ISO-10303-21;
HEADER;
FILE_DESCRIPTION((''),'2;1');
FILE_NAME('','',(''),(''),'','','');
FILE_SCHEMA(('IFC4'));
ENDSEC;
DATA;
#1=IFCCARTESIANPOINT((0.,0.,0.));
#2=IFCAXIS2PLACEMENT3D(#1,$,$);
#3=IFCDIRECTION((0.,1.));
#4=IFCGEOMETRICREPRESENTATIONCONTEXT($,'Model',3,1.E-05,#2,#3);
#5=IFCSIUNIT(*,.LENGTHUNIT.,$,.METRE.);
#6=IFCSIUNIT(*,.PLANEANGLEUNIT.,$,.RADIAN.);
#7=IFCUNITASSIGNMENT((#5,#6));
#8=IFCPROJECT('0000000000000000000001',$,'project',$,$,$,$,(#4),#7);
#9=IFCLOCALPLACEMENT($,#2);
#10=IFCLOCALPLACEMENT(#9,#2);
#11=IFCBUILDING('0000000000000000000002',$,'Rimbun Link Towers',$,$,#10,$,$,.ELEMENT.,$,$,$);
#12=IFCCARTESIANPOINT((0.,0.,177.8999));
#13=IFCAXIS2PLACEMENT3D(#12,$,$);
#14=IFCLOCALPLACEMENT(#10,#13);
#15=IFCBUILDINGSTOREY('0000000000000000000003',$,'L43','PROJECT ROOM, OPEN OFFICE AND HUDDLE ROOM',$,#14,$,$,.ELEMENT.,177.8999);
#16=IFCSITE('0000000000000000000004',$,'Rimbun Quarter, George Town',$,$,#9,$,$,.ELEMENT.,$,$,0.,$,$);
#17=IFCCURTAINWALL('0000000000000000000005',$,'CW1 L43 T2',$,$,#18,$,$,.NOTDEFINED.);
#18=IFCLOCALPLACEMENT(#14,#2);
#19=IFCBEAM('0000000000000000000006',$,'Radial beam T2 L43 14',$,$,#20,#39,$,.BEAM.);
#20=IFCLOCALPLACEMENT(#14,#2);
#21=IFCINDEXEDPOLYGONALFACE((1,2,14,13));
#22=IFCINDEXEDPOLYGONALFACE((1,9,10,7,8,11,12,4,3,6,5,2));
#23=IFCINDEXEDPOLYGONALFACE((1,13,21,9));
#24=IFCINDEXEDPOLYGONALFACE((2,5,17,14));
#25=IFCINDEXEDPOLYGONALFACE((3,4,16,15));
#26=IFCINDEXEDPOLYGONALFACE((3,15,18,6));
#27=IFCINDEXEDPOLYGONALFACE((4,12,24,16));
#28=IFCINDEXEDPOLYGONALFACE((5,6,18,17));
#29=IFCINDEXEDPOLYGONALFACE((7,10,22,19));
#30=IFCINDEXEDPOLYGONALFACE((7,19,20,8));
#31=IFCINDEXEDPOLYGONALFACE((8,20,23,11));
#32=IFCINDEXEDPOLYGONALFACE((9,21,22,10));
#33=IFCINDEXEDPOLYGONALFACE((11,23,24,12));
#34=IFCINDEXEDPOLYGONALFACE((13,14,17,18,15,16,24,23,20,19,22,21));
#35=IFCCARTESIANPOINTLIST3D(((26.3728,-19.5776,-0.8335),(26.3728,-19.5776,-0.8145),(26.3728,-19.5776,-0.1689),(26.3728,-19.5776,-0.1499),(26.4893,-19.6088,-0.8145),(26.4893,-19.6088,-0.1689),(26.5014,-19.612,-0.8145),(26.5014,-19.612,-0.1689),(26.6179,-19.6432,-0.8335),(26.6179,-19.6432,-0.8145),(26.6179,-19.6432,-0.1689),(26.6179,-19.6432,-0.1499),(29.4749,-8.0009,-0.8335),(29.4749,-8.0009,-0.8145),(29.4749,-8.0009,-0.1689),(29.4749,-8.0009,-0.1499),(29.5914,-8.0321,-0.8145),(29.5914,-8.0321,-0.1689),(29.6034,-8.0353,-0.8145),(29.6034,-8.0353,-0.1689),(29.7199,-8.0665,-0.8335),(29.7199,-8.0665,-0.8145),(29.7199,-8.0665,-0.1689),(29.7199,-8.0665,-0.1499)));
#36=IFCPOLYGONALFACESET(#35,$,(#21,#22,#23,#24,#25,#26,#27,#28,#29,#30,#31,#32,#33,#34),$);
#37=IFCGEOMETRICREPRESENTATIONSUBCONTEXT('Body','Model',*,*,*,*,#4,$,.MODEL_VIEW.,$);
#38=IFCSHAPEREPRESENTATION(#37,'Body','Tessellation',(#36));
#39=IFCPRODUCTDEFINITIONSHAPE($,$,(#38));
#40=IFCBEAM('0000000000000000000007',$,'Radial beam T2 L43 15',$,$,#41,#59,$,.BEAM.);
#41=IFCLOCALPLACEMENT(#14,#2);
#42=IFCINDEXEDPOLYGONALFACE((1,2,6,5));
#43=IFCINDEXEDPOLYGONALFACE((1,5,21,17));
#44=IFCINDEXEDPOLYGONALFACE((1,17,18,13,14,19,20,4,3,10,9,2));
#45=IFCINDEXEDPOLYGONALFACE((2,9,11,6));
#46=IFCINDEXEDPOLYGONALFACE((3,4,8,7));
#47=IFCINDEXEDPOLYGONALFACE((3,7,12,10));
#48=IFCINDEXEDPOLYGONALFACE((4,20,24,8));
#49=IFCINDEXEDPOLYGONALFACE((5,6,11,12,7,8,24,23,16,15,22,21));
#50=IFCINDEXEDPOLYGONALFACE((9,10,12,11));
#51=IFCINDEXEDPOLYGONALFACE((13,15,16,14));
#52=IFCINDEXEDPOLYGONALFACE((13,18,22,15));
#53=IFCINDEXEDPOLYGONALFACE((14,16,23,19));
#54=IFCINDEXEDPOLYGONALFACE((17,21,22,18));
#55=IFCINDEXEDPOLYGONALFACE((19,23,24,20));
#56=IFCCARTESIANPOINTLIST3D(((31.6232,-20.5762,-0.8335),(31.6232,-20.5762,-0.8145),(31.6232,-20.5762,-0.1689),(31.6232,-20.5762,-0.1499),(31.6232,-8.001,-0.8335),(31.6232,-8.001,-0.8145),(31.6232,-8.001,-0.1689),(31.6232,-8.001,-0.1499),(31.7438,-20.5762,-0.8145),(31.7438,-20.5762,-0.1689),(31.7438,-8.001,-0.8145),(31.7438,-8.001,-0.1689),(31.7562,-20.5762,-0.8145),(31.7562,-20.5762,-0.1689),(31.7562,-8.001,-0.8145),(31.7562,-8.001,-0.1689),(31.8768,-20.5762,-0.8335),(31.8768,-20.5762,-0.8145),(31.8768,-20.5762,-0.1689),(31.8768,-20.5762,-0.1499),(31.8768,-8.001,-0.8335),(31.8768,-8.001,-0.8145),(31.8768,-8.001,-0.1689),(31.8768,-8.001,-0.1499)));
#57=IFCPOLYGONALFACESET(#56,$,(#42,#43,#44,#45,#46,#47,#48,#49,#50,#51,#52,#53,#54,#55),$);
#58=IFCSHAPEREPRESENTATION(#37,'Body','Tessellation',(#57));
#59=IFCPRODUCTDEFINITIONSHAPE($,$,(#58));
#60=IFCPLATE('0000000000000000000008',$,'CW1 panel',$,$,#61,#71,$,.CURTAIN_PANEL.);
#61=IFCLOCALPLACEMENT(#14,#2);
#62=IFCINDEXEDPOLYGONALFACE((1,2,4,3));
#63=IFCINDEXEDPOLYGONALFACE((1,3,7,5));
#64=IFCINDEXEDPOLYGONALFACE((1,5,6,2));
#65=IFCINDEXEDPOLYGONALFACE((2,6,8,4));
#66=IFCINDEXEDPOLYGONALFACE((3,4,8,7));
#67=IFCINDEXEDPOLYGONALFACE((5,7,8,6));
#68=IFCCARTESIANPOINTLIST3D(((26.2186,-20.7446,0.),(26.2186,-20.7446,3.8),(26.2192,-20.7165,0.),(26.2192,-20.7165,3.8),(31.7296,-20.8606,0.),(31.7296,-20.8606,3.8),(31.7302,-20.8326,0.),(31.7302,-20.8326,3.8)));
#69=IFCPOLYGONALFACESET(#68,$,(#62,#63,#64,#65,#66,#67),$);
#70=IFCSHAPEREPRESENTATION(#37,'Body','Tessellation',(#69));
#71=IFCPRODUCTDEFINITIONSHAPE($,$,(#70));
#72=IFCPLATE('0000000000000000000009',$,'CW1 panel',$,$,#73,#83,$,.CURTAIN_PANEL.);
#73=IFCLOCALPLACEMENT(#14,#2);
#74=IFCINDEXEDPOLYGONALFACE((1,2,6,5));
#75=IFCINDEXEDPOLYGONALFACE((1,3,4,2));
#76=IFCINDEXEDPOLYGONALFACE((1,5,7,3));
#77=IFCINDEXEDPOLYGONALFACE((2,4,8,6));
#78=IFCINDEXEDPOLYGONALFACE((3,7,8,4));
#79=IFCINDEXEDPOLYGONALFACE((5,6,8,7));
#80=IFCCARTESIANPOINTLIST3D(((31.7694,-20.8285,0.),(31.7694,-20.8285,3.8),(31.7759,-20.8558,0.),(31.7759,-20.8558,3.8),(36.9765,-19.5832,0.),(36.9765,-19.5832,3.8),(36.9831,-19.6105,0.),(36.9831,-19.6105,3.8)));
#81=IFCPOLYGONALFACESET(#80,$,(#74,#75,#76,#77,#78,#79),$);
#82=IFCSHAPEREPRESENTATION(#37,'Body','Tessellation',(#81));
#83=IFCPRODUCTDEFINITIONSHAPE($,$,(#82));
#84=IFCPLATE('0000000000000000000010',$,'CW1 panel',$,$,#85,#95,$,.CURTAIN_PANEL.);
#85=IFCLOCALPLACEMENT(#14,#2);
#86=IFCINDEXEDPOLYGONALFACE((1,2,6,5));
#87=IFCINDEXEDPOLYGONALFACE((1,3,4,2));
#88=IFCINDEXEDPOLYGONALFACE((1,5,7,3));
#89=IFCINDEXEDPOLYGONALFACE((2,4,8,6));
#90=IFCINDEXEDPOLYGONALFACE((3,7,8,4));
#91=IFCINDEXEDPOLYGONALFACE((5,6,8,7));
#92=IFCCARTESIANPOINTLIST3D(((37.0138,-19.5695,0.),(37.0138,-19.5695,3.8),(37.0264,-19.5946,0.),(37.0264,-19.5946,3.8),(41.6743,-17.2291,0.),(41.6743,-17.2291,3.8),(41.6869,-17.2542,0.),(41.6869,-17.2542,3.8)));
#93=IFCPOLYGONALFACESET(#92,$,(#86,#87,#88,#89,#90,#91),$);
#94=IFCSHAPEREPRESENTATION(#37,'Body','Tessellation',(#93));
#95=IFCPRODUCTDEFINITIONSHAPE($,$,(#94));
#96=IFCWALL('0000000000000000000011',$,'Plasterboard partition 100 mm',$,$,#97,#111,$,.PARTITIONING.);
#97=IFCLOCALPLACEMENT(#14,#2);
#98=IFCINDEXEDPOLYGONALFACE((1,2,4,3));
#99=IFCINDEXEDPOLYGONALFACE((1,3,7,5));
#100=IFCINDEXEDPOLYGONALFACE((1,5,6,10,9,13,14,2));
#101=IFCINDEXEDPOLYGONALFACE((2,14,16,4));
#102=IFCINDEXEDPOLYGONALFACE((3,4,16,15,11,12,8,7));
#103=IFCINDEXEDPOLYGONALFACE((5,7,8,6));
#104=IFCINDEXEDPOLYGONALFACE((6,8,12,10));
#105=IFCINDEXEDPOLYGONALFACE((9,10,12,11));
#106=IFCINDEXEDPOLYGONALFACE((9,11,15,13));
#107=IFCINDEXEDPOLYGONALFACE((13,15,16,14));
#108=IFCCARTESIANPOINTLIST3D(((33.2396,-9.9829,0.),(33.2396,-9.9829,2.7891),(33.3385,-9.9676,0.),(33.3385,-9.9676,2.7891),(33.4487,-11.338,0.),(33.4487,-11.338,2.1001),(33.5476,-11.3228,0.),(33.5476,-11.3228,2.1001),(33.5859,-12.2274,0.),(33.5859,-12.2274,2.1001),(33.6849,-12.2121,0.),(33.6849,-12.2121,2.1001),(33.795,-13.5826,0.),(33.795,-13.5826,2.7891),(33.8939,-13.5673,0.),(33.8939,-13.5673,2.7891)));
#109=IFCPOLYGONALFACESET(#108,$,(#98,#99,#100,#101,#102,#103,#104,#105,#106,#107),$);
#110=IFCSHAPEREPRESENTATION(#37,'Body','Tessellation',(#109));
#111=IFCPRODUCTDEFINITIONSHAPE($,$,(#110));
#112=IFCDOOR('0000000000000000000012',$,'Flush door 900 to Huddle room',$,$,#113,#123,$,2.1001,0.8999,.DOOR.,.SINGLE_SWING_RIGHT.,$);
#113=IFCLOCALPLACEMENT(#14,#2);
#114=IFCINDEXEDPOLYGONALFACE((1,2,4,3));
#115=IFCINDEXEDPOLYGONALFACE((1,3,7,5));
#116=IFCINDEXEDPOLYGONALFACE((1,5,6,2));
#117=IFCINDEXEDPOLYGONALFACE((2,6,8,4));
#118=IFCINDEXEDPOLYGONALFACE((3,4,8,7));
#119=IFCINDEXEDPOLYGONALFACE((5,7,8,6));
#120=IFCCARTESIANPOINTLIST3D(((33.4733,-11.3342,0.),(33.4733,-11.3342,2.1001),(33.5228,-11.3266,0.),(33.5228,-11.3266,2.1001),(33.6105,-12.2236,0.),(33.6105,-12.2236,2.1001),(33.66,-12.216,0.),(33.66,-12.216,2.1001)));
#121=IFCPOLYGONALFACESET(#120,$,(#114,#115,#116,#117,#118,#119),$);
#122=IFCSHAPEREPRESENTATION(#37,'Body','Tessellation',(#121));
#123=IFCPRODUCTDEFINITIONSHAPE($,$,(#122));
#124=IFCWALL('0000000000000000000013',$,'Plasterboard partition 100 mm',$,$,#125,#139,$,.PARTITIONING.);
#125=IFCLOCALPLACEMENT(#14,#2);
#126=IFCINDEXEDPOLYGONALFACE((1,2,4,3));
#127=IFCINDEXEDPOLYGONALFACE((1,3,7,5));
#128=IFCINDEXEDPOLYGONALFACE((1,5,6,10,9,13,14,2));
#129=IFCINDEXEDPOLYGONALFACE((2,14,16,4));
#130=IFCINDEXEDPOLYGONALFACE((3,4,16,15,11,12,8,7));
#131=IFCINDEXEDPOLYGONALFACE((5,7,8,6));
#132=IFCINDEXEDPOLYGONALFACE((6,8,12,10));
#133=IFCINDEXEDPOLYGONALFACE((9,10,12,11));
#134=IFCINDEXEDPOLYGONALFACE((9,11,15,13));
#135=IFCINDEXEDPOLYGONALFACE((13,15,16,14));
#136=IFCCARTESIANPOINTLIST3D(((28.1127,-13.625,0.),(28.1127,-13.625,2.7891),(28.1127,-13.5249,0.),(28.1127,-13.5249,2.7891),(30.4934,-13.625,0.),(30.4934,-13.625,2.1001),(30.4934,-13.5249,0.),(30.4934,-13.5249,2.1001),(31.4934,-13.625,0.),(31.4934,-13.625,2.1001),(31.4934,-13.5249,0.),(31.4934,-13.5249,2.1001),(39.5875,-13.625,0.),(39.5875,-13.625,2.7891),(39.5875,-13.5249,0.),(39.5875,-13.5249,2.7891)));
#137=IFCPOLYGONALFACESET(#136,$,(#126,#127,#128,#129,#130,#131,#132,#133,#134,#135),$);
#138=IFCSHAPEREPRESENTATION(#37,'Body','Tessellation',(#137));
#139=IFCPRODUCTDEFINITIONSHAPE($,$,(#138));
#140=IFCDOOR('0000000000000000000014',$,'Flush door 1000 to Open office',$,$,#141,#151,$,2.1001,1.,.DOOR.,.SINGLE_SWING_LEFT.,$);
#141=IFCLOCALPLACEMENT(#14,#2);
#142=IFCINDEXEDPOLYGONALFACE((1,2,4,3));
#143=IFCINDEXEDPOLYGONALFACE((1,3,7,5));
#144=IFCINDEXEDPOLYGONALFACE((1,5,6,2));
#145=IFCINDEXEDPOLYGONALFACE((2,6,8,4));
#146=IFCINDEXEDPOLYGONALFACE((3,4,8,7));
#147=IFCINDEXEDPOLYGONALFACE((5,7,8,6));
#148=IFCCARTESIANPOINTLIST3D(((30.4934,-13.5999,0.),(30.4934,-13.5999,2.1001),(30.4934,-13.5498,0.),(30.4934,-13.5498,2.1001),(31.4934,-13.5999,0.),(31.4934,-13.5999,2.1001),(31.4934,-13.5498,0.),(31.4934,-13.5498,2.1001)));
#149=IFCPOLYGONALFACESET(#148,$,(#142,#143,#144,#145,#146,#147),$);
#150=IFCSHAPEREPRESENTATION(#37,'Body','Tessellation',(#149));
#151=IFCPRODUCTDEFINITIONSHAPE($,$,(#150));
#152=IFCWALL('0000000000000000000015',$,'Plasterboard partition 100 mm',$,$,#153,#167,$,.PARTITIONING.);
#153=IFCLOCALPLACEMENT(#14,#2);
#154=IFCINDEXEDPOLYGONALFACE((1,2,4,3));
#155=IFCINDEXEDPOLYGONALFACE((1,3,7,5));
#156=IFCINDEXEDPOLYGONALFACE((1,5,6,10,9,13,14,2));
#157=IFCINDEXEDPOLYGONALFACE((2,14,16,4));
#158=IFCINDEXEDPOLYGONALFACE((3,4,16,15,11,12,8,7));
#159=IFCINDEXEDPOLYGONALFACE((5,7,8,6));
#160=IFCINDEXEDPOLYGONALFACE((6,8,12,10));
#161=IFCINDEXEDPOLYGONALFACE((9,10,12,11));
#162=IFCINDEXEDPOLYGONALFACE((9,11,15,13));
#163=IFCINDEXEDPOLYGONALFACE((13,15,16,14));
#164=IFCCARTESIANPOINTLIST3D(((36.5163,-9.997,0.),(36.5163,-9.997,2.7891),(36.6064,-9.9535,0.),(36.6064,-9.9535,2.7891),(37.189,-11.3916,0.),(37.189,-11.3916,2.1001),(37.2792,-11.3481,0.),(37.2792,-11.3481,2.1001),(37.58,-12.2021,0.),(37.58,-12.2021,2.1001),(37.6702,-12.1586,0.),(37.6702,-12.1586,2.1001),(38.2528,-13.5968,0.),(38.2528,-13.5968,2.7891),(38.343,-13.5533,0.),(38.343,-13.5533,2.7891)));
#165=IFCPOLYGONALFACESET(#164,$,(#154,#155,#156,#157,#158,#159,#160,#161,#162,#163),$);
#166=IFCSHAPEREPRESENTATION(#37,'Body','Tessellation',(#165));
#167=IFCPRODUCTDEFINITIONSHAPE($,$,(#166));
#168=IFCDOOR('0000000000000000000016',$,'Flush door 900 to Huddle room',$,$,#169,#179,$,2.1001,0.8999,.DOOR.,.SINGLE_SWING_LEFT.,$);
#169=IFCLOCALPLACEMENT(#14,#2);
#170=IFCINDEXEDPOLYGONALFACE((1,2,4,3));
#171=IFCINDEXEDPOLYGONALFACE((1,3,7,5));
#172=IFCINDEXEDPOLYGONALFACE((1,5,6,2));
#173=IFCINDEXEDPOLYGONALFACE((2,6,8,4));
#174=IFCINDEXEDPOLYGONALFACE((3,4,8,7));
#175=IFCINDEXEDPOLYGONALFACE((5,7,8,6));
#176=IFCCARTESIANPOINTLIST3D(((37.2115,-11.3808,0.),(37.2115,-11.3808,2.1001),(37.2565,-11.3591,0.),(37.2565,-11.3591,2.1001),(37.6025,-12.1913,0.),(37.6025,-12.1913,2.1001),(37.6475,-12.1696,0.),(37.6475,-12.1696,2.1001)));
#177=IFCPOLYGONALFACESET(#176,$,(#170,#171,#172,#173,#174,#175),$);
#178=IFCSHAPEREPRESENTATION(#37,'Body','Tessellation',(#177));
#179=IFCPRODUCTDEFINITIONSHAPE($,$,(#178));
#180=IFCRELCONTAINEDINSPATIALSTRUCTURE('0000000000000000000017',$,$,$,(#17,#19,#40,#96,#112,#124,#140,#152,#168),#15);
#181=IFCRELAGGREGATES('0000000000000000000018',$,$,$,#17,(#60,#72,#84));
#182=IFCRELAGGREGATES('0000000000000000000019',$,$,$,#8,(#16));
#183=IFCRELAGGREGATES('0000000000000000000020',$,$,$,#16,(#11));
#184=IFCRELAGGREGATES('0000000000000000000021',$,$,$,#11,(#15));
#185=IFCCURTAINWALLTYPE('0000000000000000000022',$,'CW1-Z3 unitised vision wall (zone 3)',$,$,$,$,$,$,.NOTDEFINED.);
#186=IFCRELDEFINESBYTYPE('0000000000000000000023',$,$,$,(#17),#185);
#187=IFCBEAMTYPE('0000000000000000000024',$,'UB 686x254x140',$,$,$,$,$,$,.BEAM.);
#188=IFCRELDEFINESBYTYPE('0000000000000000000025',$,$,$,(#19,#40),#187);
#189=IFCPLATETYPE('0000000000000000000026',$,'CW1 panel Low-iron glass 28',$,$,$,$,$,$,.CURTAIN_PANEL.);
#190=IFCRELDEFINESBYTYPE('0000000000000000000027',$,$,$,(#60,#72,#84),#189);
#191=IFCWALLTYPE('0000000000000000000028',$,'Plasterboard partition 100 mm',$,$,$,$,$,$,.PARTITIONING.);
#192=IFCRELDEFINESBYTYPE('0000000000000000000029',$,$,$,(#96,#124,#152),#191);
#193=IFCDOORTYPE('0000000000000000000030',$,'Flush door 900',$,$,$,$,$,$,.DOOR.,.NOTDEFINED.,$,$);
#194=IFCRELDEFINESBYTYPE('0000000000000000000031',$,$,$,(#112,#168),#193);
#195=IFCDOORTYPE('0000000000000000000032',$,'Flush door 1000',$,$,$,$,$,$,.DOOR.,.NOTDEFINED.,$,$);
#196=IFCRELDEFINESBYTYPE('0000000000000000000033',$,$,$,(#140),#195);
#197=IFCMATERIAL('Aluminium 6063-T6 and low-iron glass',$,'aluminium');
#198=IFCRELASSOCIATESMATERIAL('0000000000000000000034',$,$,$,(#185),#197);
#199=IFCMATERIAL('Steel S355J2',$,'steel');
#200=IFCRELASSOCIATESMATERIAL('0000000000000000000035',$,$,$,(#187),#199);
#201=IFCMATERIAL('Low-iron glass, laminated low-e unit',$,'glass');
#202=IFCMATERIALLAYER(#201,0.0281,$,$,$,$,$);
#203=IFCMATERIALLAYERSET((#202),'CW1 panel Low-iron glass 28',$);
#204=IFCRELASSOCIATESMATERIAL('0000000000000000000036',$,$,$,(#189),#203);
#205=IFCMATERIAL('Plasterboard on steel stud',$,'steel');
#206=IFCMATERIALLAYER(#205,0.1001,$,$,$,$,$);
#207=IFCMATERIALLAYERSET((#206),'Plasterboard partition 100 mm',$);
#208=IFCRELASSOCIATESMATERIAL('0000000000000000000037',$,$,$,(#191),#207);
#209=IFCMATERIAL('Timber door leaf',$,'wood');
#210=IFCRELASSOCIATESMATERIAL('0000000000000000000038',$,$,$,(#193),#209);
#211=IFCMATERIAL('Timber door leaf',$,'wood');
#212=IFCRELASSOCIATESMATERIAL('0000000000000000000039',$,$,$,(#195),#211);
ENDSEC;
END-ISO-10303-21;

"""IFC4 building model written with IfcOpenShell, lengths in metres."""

from ifc_helpers import new_model, si_unit, direction, frame, frame_2d, origin, origin_2d, place, context, subcontext, project, spatial, rectangle, i_section, extrude, material, layer, layer_set, material_profile, profile_set, type_object, element, fill, aggregate, save


model = new_model("IFC4")

# Units and contexts
model_context = context("Model", 3, precision=1e-05, world=origin(), true_north=direction((0.0, 1.0)))
body_context = subcontext(model_context, "Body", "Model", "MODEL_VIEW")
ifc_project = project(units=[si_unit("LENGTHUNIT", "METRE"), si_unit("PLANEANGLEUNIT", "RADIAN")], contexts=[model_context])

# Site, building, storey
site_placement = place(None, origin())
site = spatial("IfcSite", under=ifc_project, at=site_placement, Name="Rimbun Quarter, George Town", CompositionType="ELEMENT", RefElevation=0.0)
building_placement = place(site_placement, origin())
building = spatial("IfcBuilding", under=site, at=building_placement, Name="Rimbun Link Towers", CompositionType="ELEMENT")
storey_placement = place(building_placement, frame((0.0, 0.0, 177.8999)))
storey = spatial("IfcBuildingStorey", under=building, at=storey_placement, Name="L43", Description="PROJECT ROOM, OPEN OFFICE AND HUDDLE ROOM", CompositionType="ELEMENT", Elevation=177.8999)

# Curtain wall
ifc_material_1 = material(Name="Aluminium 6063-T6 and low-iron glass", Category="aluminium")
curtain_wall_type = type_object("IfcCurtainWallType", Name="CW1-Z3 unitised vision wall (zone 3)", PredefinedType="NOTDEFINED", material=ifc_material_1)
curtain_wall_placement = place(storey_placement, origin())
curtain_wall = element("IfcCurtainWall", 1, at=curtain_wall_placement, inside=storey, type_object=curtain_wall_type, Name="CW1 L43 T2", PredefinedType="NOTDEFINED")

# Beams
ifc_material_2 = material(Name="Steel S355J2", Category="steel")
ifc_material_profile_1 = material_profile(ifc_material_2, i_section(OverallWidth=0.2537, OverallDepth=0.6836, WebThickness=0.0125, FlangeThickness=0.019, at=origin_2d()), Name="UB 686x254x140")
ifc_profile_set_1 = profile_set([ifc_material_profile_1], Name="Steel S355J2")
beam_type_1 = type_object("IfcBeamType", Name="UB 686x254x140", PredefinedType="BEAM", material=ifc_profile_set_1)
beam_1_placement = place(storey_placement, frame((29.5974, -8.0337, -0.4917), z_axis=(-0.258826, -0.965924, 0.0), x_axis=(0.965924, -0.258826, 0.0)))
element("IfcBeam", 2, at=beam_1_placement, inside=storey, type_object=beam_type_1, Name="Radial beam T2 L43 14", PredefinedType="BEAM", context=body_context, shape_type="SweptSolid", body=[
    extrude(i_section(OverallWidth=0.2537, OverallDepth=0.6836, WebThickness=0.0125, FlangeThickness=0.019, at=origin_2d()), origin(), (0.0, 0.0, 1.0), 11.9851),
])
beam_2_placement = place(storey_placement, frame((31.75, -8.001, -0.4917), z_axis=(0.0, -1.0, 0.0), x_axis=(1.0, 0.0, 0.0)))
element("IfcBeam", 3, at=beam_2_placement, inside=storey, type_object=beam_type_1, Name="Radial beam T2 L43 15", PredefinedType="BEAM", context=body_context, shape_type="SweptSolid", body=[
    extrude(i_section(OverallWidth=0.2537, OverallDepth=0.6836, WebThickness=0.0125, FlangeThickness=0.019, at=origin_2d()), origin(), (0.0, 0.0, 1.0), 12.5752),
])

# Plates
ifc_material_3 = material(Name="Low-iron glass, laminated low-e unit", Category="glass")
ifc_layer_1 = layer(ifc_material_3, 0.0281)
ifc_layer_set_1 = layer_set([ifc_layer_1], Name="CW1 panel Low-iron glass 28")
plate_type = type_object("IfcPlateType", Name="CW1 panel Low-iron glass 28", PredefinedType="CURTAIN_PANEL", material=ifc_layer_set_1)
plate_1_placement = place(storey_placement, frame((28.9744, -20.7886, 0.0), z_axis=(0.0, 0.0, 1.0), x_axis=(-0.999778, 0.021055, 0.0)))
plate_1 = element("IfcPlate", 4, at=plate_1_placement, type_object=plate_type, Name="CW1 panel", PredefinedType="CURTAIN_PANEL", context=body_context, shape_type="SweptSolid", body=[
    extrude(rectangle(XDim=5.5122, YDim=0.0281, at=origin_2d()), origin(), (0.0, 0.0, 1.0), 3.8),
])
plate_2_placement = place(storey_placement, frame((34.3762, -20.2195, 0.0), z_axis=(0.0, 0.0, 1.0), x_axis=(-0.972574, -0.232595, 0.0)))
plate_2 = element("IfcPlate", 5, at=plate_2_placement, type_object=plate_type, Name="CW1 panel", PredefinedType="CURTAIN_PANEL", context=body_context, shape_type="SweptSolid", body=[
    extrude(rectangle(XDim=5.354, YDim=0.0281, at=origin_2d()), origin(), (0.0, 0.0, 1.0), 3.8),
])
plate_3_placement = place(storey_placement, frame((39.3503, -18.4119, 0.0), z_axis=(0.0, 0.0, 1.0), x_axis=(-0.893646, -0.448773, 0.0)))
plate_3 = element("IfcPlate", 6, at=plate_3_placement, type_object=plate_type, Name="CW1 panel", PredefinedType="CURTAIN_PANEL", context=body_context, shape_type="SweptSolid", body=[
    extrude(rectangle(XDim=5.2151, YDim=0.0281, at=origin_2d()), origin(), (0.0, 0.0, 1.0), 3.8),
])
aggregate(curtain_wall, [plate_1, plate_2, plate_3])

# Walls, openings, doors
ifc_material_4 = material(Name="Plasterboard on steel stud", Category="steel")
ifc_layer_2 = layer(ifc_material_4, 0.1001)
ifc_layer_set_2 = layer_set([ifc_layer_2], Name="Plasterboard partition 100 mm")
wall_type_1 = type_object("IfcWallType", Name="Plasterboard partition 100 mm", PredefinedType="PARTITIONING", material=ifc_layer_set_2)
wall_1_placement = place(storey_placement, frame((33.2891, -9.9751, 0.0), z_axis=(0.0, 0.0, 1.0), x_axis=(0.152485, -0.988306, 0.0)))
wall_1 = element("IfcWall", 7, at=wall_1_placement, inside=storey, type_object=wall_type_1, Name="Plasterboard partition 100 mm", PredefinedType="PARTITIONING", context=body_context, shape_type="SweptSolid", body=[
    extrude(rectangle(XDim=3.6423, YDim=0.1001, at=frame_2d((1.8213, 0.0))), origin(), (0.0, 0.0, 1.0), 2.7891),
])
opening_1_placement = place(wall_1_placement, frame((1.3713, 0.0, 0.0)))
opening_1 = element("IfcOpeningElement", 8, at=opening_1_placement, cuts=wall_1, PredefinedType="OPENING", context=body_context, shape_type="SweptSolid", body=[
    extrude(rectangle(XDim=0.8999, YDim=2.1001, at=frame_2d((0.45, 1.05))), frame((0.0, 0.0601, 0.0), z_axis=(0.0, -1.0, 0.0), x_axis=(1.0, 0.0, 0.0)), (0.0, 0.0, 1.0), 0.1201),
])
ifc_material_5 = material(Name="Timber door leaf", Category="wood")
door_type_1 = type_object("IfcDoorType", Name="Flush door 900", OperationType="NOTDEFINED", PredefinedType="DOOR", material=ifc_material_5)
door_1_placement = place(opening_1_placement, origin())
door_1 = element("IfcDoor", 9, at=door_1_placement, inside=storey, type_object=door_type_1, Name="Flush door 900 to Huddle room", OperationType="SINGLE_SWING_RIGHT", OverallHeight=2.1001, OverallWidth=0.8999, PredefinedType="DOOR", context=body_context, shape_type="SweptSolid", body=[
    extrude(rectangle(XDim=0.8999, YDim=2.1001, at=frame_2d((0.45, 1.05))), frame((0.0, 0.0249, 0.0), z_axis=(0.0, -1.0, 0.0), x_axis=(1.0, 0.0, 0.0)), (0.0, 0.0, 1.0), 0.05),
])
fill(opening_1, door_1)
wall_2_placement = place(storey_placement, frame((39.5874, -13.575, 0.0), z_axis=(0.0, 0.0, 1.0), x_axis=(-1.0, 0.0, 0.0)))
wall_2 = element("IfcWall", 10, at=wall_2_placement, inside=storey, type_object=wall_type_1, Name="Plasterboard partition 100 mm", PredefinedType="PARTITIONING", context=body_context, shape_type="SweptSolid", body=[
    extrude(rectangle(XDim=11.4749, YDim=0.1001, at=frame_2d((5.7373, 0.0))), origin(), (0.0, 0.0, 1.0), 2.7891),
])
opening_2_placement = place(wall_2_placement, frame((8.094, 0.0, 0.0)))
opening_2 = element("IfcOpeningElement", 11, at=opening_2_placement, cuts=wall_2, PredefinedType="OPENING", context=body_context, shape_type="SweptSolid", body=[
    extrude(rectangle(XDim=1.0, YDim=2.1001, at=frame_2d((0.5, 1.05))), frame((0.0, 0.0601, 0.0), z_axis=(0.0, -1.0, 0.0), x_axis=(1.0, 0.0, 0.0)), (0.0, 0.0, 1.0), 0.1201),
])
ifc_material_6 = material(Name="Timber door leaf", Category="wood")
door_type_2 = type_object("IfcDoorType", Name="Flush door 1000", OperationType="NOTDEFINED", PredefinedType="DOOR", material=ifc_material_6)
door_2_placement = place(opening_2_placement, origin())
door_2 = element("IfcDoor", 12, at=door_2_placement, inside=storey, type_object=door_type_2, Name="Flush door 1000 to Open office", OperationType="SINGLE_SWING_LEFT", OverallHeight=2.1001, OverallWidth=1.0, PredefinedType="DOOR", context=body_context, shape_type="SweptSolid", body=[
    extrude(rectangle(XDim=1.0, YDim=2.1001, at=frame_2d((0.5, 1.05))), frame((0.0, 0.0249, 0.0), z_axis=(0.0, -1.0, 0.0), x_axis=(1.0, 0.0, 0.0)), (0.0, 0.0, 1.0), 0.05),
])
fill(opening_2, door_2)
wall_3_placement = place(storey_placement, frame((36.5613, -9.9751, 0.0), z_axis=(0.0, 0.0, 1.0), x_axis=(0.434488, -0.900678, 0.0)))
wall_3 = element("IfcWall", 13, at=wall_3_placement, inside=storey, type_object=wall_type_1, Name="Plasterboard partition 100 mm", PredefinedType="PARTITIONING", context=body_context, shape_type="SweptSolid", body=[
    extrude(rectangle(XDim=3.9968, YDim=0.1001, at=frame_2d((1.9985, 0.0))), origin(), (0.0, 0.0, 1.0), 2.7891),
])
opening_3_placement = place(wall_3_placement, frame((1.5486, 0.0, 0.0)))
opening_3 = element("IfcOpeningElement", 14, at=opening_3_placement, cuts=wall_3, PredefinedType="OPENING", context=body_context, shape_type="SweptSolid", body=[
    extrude(rectangle(XDim=0.8999, YDim=2.1001, at=frame_2d((0.45, 1.05))), frame((0.0, 0.0601, 0.0), z_axis=(0.0, -1.0, 0.0), x_axis=(1.0, 0.0, 0.0)), (0.0, 0.0, 1.0), 0.1201),
])
door_3_placement = place(opening_3_placement, origin())
door_3 = element("IfcDoor", 15, at=door_3_placement, inside=storey, type_object=door_type_1, Name="Flush door 900 to Huddle room", OperationType="SINGLE_SWING_LEFT", OverallHeight=2.1001, OverallWidth=0.8999, PredefinedType="DOOR", context=body_context, shape_type="SweptSolid", body=[
    extrude(rectangle(XDim=0.8999, YDim=2.1001, at=frame_2d((0.45, 1.05))), frame((0.0, 0.0249, 0.0), z_axis=(0.0, -1.0, 0.0), x_axis=(1.0, 0.0, 0.0)), (0.0, 0.0, 1.0), 0.05),
])
fill(opening_3, door_3)

save(model, "model.ifc")
